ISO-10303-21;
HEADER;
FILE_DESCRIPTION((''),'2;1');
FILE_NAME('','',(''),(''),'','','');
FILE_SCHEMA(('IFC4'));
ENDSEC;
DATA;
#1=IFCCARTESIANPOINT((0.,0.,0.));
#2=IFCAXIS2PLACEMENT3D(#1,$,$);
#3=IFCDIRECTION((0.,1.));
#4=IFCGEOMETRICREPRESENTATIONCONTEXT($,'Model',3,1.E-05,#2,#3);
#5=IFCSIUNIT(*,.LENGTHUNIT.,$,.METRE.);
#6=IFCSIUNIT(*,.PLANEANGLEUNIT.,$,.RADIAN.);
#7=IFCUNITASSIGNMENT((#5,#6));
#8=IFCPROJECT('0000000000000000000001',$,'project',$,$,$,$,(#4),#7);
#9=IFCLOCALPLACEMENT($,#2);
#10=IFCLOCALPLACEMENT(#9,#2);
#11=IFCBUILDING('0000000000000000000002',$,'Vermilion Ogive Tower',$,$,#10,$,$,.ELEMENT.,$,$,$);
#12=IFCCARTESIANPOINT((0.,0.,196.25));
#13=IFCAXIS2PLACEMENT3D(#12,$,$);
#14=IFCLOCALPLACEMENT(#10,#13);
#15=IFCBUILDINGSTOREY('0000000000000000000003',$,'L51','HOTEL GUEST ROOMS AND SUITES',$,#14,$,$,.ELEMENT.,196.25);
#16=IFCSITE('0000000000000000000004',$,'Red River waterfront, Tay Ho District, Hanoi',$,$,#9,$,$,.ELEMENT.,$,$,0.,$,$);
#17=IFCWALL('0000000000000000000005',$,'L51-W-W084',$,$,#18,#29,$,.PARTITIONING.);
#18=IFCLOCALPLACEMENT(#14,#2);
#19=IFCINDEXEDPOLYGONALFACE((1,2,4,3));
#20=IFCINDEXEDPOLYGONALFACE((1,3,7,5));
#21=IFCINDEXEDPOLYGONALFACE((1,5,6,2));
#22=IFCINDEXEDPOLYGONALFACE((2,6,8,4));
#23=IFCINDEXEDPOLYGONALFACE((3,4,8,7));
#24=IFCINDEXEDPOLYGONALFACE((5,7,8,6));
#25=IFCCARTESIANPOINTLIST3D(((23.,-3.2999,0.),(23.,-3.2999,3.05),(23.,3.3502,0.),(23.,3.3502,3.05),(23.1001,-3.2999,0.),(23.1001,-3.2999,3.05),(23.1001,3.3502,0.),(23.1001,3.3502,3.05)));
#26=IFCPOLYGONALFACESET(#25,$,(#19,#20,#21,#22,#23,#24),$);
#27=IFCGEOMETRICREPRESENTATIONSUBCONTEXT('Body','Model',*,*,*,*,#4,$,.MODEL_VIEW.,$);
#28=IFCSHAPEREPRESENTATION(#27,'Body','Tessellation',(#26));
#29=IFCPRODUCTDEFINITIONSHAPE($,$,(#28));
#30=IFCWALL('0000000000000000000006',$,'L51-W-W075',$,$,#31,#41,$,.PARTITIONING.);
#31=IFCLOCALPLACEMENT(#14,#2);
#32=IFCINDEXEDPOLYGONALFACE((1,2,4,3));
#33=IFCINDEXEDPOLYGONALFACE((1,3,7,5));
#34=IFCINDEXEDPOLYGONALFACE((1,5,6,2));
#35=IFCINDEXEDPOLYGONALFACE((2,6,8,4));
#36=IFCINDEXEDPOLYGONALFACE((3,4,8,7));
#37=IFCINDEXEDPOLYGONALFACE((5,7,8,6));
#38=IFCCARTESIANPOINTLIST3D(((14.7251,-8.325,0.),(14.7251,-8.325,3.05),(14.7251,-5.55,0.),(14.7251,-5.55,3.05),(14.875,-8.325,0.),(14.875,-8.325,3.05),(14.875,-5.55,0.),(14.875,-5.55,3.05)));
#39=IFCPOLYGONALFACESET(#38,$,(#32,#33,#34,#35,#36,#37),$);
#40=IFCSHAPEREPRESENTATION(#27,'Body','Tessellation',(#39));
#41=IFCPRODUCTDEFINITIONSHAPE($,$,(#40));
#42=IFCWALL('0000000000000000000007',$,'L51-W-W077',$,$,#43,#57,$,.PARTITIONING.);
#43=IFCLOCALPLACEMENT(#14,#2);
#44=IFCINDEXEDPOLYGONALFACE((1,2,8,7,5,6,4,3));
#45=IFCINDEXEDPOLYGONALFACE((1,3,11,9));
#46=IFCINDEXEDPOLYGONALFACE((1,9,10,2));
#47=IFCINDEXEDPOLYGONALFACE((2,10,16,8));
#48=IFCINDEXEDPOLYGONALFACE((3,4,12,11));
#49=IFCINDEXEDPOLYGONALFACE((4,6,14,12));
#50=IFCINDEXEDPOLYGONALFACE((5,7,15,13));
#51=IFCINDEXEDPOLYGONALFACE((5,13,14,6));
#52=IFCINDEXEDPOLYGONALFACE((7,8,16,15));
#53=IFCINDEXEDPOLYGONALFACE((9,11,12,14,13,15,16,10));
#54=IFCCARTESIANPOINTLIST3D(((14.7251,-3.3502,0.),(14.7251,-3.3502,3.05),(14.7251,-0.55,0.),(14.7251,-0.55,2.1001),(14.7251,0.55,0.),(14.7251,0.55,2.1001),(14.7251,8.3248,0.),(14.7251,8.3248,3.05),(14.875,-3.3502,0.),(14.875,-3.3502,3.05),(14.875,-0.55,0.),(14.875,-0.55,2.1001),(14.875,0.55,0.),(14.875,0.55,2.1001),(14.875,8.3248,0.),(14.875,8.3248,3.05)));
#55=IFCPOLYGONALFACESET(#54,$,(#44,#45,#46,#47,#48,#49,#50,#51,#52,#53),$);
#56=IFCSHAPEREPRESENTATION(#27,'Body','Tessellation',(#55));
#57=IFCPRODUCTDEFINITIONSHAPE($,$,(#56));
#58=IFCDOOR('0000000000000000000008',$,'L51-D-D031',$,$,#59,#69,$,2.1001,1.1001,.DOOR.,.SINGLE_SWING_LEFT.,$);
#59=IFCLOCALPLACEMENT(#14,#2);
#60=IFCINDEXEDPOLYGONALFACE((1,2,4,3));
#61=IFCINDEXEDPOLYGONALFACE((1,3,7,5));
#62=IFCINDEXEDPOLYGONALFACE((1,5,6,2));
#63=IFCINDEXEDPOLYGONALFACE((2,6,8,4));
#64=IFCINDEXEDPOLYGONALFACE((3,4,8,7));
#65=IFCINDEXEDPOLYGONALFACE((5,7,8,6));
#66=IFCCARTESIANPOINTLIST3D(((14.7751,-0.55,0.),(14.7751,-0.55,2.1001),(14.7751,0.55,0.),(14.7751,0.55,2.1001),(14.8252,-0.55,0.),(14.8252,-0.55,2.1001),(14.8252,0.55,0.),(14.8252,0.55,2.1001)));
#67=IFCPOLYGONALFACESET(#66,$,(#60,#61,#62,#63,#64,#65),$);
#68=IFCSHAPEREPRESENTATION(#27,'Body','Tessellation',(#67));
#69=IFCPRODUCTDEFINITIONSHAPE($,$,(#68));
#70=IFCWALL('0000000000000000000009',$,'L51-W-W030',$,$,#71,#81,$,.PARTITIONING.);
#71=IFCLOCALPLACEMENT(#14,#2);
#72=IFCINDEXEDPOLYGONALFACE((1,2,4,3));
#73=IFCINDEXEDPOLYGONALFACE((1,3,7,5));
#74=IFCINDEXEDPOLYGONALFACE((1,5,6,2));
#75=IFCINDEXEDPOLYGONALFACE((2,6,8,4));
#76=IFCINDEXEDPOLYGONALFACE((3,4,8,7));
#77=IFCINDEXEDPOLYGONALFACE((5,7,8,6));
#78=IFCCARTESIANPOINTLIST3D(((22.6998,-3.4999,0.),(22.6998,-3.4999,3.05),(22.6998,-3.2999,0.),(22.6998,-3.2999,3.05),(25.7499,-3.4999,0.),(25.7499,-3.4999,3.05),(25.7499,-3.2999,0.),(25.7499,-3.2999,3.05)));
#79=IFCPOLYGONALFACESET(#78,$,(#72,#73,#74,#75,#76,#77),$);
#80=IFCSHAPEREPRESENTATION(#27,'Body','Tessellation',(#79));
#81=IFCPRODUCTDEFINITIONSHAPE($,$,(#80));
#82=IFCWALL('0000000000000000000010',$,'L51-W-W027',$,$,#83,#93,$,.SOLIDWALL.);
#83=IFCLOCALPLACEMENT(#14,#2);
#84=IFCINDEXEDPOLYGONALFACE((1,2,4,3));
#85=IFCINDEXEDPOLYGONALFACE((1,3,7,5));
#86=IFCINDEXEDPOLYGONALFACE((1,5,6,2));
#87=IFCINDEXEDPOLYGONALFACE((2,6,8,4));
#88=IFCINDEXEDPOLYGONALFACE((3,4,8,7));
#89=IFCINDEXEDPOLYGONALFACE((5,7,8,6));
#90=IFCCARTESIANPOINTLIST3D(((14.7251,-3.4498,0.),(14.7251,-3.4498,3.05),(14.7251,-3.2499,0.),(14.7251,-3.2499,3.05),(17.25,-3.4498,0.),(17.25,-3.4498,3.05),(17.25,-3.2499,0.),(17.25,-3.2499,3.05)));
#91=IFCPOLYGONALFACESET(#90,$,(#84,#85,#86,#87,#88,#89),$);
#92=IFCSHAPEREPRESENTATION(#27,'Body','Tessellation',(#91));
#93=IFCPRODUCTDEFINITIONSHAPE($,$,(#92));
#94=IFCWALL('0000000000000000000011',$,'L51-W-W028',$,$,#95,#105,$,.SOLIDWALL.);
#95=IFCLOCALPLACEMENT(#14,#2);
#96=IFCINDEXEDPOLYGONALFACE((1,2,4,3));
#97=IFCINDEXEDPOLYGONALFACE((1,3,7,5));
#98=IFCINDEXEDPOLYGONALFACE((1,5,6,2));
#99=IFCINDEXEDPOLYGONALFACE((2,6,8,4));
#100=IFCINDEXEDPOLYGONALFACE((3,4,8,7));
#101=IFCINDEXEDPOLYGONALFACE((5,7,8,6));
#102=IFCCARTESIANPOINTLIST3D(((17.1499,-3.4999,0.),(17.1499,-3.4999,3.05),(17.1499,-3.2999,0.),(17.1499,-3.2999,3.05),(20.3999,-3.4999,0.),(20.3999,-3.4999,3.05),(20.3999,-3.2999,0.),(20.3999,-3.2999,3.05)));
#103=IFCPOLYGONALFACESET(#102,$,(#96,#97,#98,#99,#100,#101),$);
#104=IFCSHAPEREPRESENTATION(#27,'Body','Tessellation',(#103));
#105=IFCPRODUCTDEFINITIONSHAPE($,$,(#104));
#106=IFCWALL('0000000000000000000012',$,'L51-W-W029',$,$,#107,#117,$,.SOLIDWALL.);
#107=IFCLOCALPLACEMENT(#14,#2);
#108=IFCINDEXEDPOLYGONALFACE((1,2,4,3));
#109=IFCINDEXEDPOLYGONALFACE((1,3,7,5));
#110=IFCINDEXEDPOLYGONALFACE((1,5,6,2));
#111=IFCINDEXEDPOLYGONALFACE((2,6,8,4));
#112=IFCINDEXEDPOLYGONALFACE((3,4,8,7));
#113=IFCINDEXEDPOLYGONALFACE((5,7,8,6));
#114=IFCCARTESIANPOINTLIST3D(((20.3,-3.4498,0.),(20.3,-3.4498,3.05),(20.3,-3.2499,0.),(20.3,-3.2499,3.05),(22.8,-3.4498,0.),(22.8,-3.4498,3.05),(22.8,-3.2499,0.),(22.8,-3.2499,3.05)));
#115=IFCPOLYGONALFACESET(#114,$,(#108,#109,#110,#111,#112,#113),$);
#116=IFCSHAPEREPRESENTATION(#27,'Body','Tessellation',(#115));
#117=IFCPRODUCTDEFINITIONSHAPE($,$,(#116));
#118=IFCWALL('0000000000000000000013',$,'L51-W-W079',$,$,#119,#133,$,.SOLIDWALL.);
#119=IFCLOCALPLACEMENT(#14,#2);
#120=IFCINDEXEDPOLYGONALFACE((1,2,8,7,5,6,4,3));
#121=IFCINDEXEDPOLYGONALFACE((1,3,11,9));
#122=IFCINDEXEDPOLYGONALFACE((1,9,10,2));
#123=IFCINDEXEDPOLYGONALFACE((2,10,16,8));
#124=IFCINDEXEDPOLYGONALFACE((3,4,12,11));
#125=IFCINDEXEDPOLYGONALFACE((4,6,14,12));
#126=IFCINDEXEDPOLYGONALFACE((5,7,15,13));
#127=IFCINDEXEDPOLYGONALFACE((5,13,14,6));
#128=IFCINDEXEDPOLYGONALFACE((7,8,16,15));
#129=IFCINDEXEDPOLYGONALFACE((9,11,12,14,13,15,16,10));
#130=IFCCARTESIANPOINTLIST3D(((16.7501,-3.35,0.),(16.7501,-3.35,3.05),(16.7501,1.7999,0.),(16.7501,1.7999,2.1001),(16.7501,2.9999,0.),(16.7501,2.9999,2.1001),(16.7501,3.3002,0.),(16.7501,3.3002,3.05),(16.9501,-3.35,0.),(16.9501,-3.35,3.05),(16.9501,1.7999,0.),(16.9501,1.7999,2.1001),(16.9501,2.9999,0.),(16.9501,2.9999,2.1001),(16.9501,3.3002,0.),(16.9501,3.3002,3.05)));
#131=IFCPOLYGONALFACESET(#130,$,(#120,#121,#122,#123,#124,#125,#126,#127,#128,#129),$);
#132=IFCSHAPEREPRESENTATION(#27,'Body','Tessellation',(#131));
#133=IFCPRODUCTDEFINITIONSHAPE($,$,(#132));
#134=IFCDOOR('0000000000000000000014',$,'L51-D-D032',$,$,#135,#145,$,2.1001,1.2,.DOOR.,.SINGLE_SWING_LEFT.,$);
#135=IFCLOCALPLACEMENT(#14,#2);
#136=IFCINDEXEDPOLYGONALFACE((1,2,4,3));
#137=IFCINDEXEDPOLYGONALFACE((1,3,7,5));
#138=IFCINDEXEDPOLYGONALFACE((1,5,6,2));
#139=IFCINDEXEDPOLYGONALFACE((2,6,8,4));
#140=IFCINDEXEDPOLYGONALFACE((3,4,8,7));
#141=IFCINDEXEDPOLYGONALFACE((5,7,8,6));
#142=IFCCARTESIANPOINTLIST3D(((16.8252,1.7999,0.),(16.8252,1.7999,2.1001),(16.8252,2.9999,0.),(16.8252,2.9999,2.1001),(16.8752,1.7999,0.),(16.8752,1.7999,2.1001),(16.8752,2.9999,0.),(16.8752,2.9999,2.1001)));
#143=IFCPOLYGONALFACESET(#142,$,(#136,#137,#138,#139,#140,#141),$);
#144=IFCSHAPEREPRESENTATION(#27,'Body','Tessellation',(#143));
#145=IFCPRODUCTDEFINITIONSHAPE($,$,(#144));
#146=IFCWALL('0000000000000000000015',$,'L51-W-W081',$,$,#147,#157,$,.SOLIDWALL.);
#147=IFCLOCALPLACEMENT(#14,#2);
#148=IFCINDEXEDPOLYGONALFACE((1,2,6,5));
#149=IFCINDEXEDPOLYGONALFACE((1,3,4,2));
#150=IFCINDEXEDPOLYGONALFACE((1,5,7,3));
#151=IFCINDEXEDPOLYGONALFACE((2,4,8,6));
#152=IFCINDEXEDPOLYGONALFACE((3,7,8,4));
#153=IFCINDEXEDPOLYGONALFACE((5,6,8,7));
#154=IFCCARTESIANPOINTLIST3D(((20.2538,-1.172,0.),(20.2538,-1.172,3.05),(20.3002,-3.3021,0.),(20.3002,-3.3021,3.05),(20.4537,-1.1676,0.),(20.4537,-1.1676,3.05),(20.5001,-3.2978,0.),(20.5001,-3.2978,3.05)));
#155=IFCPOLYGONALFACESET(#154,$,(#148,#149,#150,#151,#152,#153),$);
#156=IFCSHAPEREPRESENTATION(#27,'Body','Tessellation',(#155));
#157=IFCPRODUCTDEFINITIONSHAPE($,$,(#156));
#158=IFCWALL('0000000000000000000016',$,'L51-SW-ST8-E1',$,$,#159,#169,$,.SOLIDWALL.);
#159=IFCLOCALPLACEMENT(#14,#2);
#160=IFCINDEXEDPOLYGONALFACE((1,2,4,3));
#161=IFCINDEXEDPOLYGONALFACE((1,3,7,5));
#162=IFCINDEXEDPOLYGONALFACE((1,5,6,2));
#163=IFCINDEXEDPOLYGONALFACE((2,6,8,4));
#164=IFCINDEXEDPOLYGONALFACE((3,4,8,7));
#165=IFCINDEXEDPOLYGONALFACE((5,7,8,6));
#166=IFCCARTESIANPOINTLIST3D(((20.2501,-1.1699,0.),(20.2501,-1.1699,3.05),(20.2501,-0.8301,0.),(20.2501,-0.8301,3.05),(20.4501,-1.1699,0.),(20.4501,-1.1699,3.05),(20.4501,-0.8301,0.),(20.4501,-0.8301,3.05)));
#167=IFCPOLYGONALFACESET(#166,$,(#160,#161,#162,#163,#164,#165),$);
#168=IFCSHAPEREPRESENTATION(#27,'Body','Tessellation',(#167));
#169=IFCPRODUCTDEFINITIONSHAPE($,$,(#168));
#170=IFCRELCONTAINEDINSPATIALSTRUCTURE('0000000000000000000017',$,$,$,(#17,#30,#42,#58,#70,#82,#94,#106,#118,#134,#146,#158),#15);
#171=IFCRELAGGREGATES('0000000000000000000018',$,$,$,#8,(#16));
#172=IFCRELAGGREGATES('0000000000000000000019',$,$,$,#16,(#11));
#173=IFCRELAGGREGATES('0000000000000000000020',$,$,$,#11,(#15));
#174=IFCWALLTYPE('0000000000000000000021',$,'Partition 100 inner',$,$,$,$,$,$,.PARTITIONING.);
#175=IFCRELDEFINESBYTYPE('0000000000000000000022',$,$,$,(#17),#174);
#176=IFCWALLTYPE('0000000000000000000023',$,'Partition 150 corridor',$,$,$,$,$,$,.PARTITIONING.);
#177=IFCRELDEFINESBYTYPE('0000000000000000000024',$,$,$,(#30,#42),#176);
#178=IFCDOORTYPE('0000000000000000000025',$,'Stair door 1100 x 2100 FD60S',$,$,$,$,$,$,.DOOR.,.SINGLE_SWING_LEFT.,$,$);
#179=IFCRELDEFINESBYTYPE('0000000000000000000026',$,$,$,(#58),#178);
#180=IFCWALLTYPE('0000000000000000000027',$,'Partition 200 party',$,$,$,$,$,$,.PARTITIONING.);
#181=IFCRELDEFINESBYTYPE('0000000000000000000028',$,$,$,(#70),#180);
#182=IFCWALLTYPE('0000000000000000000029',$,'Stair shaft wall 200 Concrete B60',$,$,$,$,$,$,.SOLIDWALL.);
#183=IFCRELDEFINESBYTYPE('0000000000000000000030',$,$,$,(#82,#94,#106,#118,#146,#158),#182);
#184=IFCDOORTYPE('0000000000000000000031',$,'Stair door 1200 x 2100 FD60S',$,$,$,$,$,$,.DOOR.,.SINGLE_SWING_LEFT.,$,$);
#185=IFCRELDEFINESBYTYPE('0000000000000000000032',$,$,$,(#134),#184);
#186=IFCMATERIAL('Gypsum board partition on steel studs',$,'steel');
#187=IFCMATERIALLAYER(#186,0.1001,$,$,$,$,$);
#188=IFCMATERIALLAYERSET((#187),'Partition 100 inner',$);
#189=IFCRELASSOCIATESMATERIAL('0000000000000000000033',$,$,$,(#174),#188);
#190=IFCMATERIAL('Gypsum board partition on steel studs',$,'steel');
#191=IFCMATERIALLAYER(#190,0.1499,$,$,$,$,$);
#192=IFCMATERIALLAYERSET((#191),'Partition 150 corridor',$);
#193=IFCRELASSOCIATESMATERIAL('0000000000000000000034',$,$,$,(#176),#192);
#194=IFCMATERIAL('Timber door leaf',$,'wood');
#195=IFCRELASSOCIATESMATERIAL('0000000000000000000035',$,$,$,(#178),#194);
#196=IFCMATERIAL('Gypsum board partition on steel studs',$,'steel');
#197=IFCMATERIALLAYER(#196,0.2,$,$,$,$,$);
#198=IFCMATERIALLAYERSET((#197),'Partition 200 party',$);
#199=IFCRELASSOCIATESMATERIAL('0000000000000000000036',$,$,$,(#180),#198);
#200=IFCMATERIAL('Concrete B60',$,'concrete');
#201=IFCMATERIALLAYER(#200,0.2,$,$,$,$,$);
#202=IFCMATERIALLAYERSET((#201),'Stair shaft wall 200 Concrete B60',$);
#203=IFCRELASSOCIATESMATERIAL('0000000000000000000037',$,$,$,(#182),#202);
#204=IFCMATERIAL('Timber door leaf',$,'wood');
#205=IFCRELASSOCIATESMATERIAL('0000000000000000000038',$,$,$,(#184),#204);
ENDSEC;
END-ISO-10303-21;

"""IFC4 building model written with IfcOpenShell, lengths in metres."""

from ifc_helpers import new_model, si_unit, direction, frame, frame_2d, origin, place, context, subcontext, project, spatial, rectangle, extrude, material, layer, layer_set, type_object, element, fill, save


model = new_model("IFC4")

# Units and contexts
model_context = context("Model", 3, precision=1e-05, world=origin(), true_north=direction((0.0, 1.0)))
body_context = subcontext(model_context, "Body", "Model", "MODEL_VIEW")
ifc_project = project(units=[si_unit("LENGTHUNIT", "METRE"), si_unit("PLANEANGLEUNIT", "RADIAN")], contexts=[model_context])

# Site, building, storey
site_placement = place(None, origin())
site = spatial("IfcSite", under=ifc_project, at=site_placement, Name="Red River waterfront, Tay Ho District, Hanoi", CompositionType="ELEMENT", RefElevation=0.0)
building_placement = place(site_placement, origin())
building = spatial("IfcBuilding", under=site, at=building_placement, Name="Vermilion Ogive Tower", CompositionType="ELEMENT")
storey_placement = place(building_placement, frame((0.0, 0.0, 196.25)))
storey = spatial("IfcBuildingStorey", under=building, at=storey_placement, Name="L51", Description="HOTEL GUEST ROOMS AND SUITES", CompositionType="ELEMENT", Elevation=196.25)

# Walls
ifc_material_1 = material(Name="Gypsum board partition on steel studs", Category="steel")
ifc_layer_1 = layer(ifc_material_1, 0.1001)
ifc_layer_set_1 = layer_set([ifc_layer_1], Name="Partition 100 inner")
wall_type_1 = type_object("IfcWallType", Name="Partition 100 inner", PredefinedType="PARTITIONING", material=ifc_layer_set_1)
wall_1_placement = place(storey_placement, frame((23.05, -3.3, 0.0), z_axis=(0.0, 0.0, 1.0), x_axis=(0.0, 1.0, 0.0)))
element("IfcWall", 1, at=wall_1_placement, inside=storey, type_object=wall_type_1, Name="L51-W-W084", PredefinedType="PARTITIONING", context=body_context, shape_type="SweptSolid", body=[
    extrude(rectangle(XDim=6.6501, YDim=0.1001, at=frame_2d((3.3252, 0.0))), origin(), (0.0, 0.0, 1.0), 3.05),
])
ifc_material_2 = material(Name="Gypsum board partition on steel studs", Category="steel")
ifc_layer_2 = layer(ifc_material_2, 0.1499)
ifc_layer_set_2 = layer_set([ifc_layer_2], Name="Partition 150 corridor")
wall_type_2 = type_object("IfcWallType", Name="Partition 150 corridor", PredefinedType="PARTITIONING", material=ifc_layer_set_2)
wall_2_placement = place(storey_placement, frame((14.8, -8.325, 0.0), z_axis=(0.0, 0.0, 1.0), x_axis=(0.0, 1.0, 0.0)))
element("IfcWall", 2, at=wall_2_placement, inside=storey, type_object=wall_type_2, Name="L51-W-W075", PredefinedType="PARTITIONING", context=body_context, shape_type="SweptSolid", body=[
    extrude(rectangle(XDim=2.7749, YDim=0.1499, at=frame_2d((1.3875, 0.0))), origin(), (0.0, 0.0, 1.0), 3.05),
])

# Wall, opening, door
wall_3_placement = place(storey_placement, frame((14.8, -3.3501, 0.0), z_axis=(0.0, 0.0, 1.0), x_axis=(0.0, 1.0, 0.0)))
wall_3 = element("IfcWall", 3, at=wall_3_placement, inside=storey, type_object=wall_type_2, Name="L51-W-W077", PredefinedType="PARTITIONING", context=body_context, shape_type="SweptSolid", body=[
    extrude(rectangle(XDim=11.675, YDim=0.1499, at=frame_2d((5.8374, 0.0))), origin(), (0.0, 0.0, 1.0), 3.05),
])
opening_1_placement = place(wall_3_placement, frame((2.8, 0.0, 0.0)))
opening_1 = element("IfcOpeningElement", 4, at=opening_1_placement, cuts=wall_3, PredefinedType="OPENING", context=body_context, shape_type="SweptSolid", body=[
    extrude(rectangle(XDim=1.1001, YDim=2.1001, at=frame_2d((0.55, 1.05))), frame((0.0, 0.085, 0.0), z_axis=(0.0, -1.0, 0.0), x_axis=(1.0, 0.0, 0.0)), (0.0, 0.0, 1.0), 0.1699),
])
ifc_material_3 = material(Name="Timber door leaf", Category="wood")
door_type_1 = type_object("IfcDoorType", Name="Stair door 1100 x 2100 FD60S", OperationType="SINGLE_SWING_LEFT", PredefinedType="DOOR", material=ifc_material_3)
door_1_placement = place(opening_1_placement, origin())
door_1 = element("IfcDoor", 5, at=door_1_placement, inside=storey, type_object=door_type_1, Name="L51-D-D031", OperationType="SINGLE_SWING_LEFT", OverallHeight=2.1001, OverallWidth=1.1001, PredefinedType="DOOR", context=body_context, shape_type="SweptSolid", body=[
    extrude(rectangle(XDim=1.1001, YDim=2.1001, at=frame_2d((0.55, 1.05))), frame((0.0, 0.0249, 0.0), z_axis=(0.0, -1.0, 0.0), x_axis=(1.0, 0.0, 0.0)), (0.0, 0.0, 1.0), 0.05),
])
fill(opening_1, door_1)

# Walls
ifc_material_4 = material(Name="Gypsum board partition on steel studs", Category="steel")
ifc_layer_3 = layer(ifc_material_4, 0.2)
ifc_layer_set_3 = layer_set([ifc_layer_3], Name="Partition 200 party")
wall_type_3 = type_object("IfcWallType", Name="Partition 200 party", PredefinedType="PARTITIONING", material=ifc_layer_set_3)
wall_4_placement = place(storey_placement, frame((22.7, -3.3999, 0.0), z_axis=(0.0, 0.0, 1.0), x_axis=(1.0, 0.0, 0.0)))
element("IfcWall", 6, at=wall_4_placement, inside=storey, type_object=wall_type_3, Name="L51-W-W030", PredefinedType="PARTITIONING", context=body_context, shape_type="SweptSolid", body=[
    extrude(rectangle(XDim=3.05, YDim=0.2, at=frame_2d((1.5249, 0.0))), origin(), (0.0, 0.0, 1.0), 3.05),
])
ifc_material_5 = material(Name="Concrete B60", Category="concrete")
ifc_layer_4 = layer(ifc_material_5, 0.2)
ifc_layer_set_4 = layer_set([ifc_layer_4], Name="Stair shaft wall 200 Concrete B60")
wall_type_4 = type_object("IfcWallType", Name="Stair shaft wall 200 Concrete B60", PredefinedType="SOLIDWALL", material=ifc_layer_set_4)
wall_5_placement = place(storey_placement, frame((14.7251, -3.3499, 0.0), z_axis=(0.0, 0.0, 1.0), x_axis=(1.0, 0.0, 0.0)))
element("IfcWall", 7, at=wall_5_placement, inside=storey, type_object=wall_type_4, Name="L51-W-W027", PredefinedType="SOLIDWALL", context=body_context, shape_type="SweptSolid", body=[
    extrude(rectangle(XDim=2.5249, YDim=0.2, at=frame_2d((1.2625, 0.0))), origin(), (0.0, 0.0, 1.0), 3.05),
])
wall_6_placement = place(storey_placement, frame((17.1499, -3.3999, 0.0), z_axis=(0.0, 0.0, 1.0), x_axis=(1.0, 0.0, 0.0)))
element("IfcWall", 8, at=wall_6_placement, inside=storey, type_object=wall_type_4, Name="L51-W-W028", PredefinedType="SOLIDWALL", context=body_context, shape_type="SweptSolid", body=[
    extrude(rectangle(XDim=3.25, YDim=0.2, at=frame_2d((1.625, 0.0))), origin(), (0.0, 0.0, 1.0), 3.05),
])
wall_7_placement = place(storey_placement, frame((20.3, -3.3499, 0.0), z_axis=(0.0, 0.0, 1.0), x_axis=(1.0, 0.0, 0.0)))
element("IfcWall", 9, at=wall_7_placement, inside=storey, type_object=wall_type_4, Name="L51-W-W029", PredefinedType="SOLIDWALL", context=body_context, shape_type="SweptSolid", body=[
    extrude(rectangle(XDim=2.5, YDim=0.2, at=frame_2d((1.25, 0.0))), origin(), (0.0, 0.0, 1.0), 3.05),
])

# Wall, opening, door
wall_8_placement = place(storey_placement, frame((16.8501, -3.3501, 0.0), z_axis=(0.0, 0.0, 1.0), x_axis=(0.0, 1.0, 0.0)))
wall_8 = element("IfcWall", 10, at=wall_8_placement, inside=storey, type_object=wall_type_4, Name="L51-W-W079", PredefinedType="SOLIDWALL", context=body_context, shape_type="SweptSolid", body=[
    extrude(rectangle(XDim=6.6501, YDim=0.2, at=frame_2d((3.3252, 0.0))), origin(), (0.0, 0.0, 1.0), 3.05),
])
opening_2_placement = place(wall_8_placement, frame((5.1499, 0.0, 0.0)))
opening_2 = element("IfcOpeningElement", 11, at=opening_2_placement, cuts=wall_8, PredefinedType="OPENING", context=body_context, shape_type="SweptSolid", body=[
    extrude(rectangle(XDim=1.2, YDim=2.1001, at=frame_2d((0.6001, 1.05))), frame((0.0, 0.1099, 0.0), z_axis=(0.0, -1.0, 0.0), x_axis=(1.0, 0.0, 0.0)), (0.0, 0.0, 1.0), 0.22),
])
ifc_material_6 = material(Name="Timber door leaf", Category="wood")
door_type_2 = type_object("IfcDoorType", Name="Stair door 1200 x 2100 FD60S", OperationType="SINGLE_SWING_LEFT", PredefinedType="DOOR", material=ifc_material_6)
door_2_placement = place(opening_2_placement, origin())
door_2 = element("IfcDoor", 12, at=door_2_placement, inside=storey, type_object=door_type_2, Name="L51-D-D032", OperationType="SINGLE_SWING_LEFT", OverallHeight=2.1001, OverallWidth=1.2, PredefinedType="DOOR", context=body_context, shape_type="SweptSolid", body=[
    extrude(rectangle(XDim=1.2, YDim=2.1001, at=frame_2d((0.6001, 1.05))), frame((0.0, 0.0249, 0.0), z_axis=(0.0, -1.0, 0.0), x_axis=(1.0, 0.0, 0.0)), (0.0, 0.0, 1.0), 0.05),
])
fill(opening_2, door_2)

# Walls
wall_9_placement = place(storey_placement, frame((20.4001, -3.3, 0.0), z_axis=(0.0, 0.0, 1.0), x_axis=(-0.021771, 0.999763, 0.0)))
element("IfcWall", 13, at=wall_9_placement, inside=storey, type_object=wall_type_4, Name="L51-W-W081", PredefinedType="SOLIDWALL", context=body_context, shape_type="SweptSolid", body=[
    extrude(rectangle(XDim=2.1306, YDim=0.2, at=frame_2d((1.0654, 0.0))), origin(), (0.0, 0.0, 1.0), 3.05),
])
wall_10_placement = place(storey_placement, frame((20.3501, -1.1699, 0.0), z_axis=(0.0, 0.0, 1.0), x_axis=(0.0, 1.0, 0.0)))
element("IfcWall", 14, at=wall_10_placement, inside=storey, type_object=wall_type_4, Name="L51-SW-ST8-E1", PredefinedType="SOLIDWALL", context=body_context, shape_type="SweptSolid", body=[
    extrude(rectangle(XDim=0.3398, YDim=0.2, at=frame_2d((0.1699, 0.0))), origin(), (0.0, 0.0, 1.0), 3.05),
])

save(model, "model.ifc")
